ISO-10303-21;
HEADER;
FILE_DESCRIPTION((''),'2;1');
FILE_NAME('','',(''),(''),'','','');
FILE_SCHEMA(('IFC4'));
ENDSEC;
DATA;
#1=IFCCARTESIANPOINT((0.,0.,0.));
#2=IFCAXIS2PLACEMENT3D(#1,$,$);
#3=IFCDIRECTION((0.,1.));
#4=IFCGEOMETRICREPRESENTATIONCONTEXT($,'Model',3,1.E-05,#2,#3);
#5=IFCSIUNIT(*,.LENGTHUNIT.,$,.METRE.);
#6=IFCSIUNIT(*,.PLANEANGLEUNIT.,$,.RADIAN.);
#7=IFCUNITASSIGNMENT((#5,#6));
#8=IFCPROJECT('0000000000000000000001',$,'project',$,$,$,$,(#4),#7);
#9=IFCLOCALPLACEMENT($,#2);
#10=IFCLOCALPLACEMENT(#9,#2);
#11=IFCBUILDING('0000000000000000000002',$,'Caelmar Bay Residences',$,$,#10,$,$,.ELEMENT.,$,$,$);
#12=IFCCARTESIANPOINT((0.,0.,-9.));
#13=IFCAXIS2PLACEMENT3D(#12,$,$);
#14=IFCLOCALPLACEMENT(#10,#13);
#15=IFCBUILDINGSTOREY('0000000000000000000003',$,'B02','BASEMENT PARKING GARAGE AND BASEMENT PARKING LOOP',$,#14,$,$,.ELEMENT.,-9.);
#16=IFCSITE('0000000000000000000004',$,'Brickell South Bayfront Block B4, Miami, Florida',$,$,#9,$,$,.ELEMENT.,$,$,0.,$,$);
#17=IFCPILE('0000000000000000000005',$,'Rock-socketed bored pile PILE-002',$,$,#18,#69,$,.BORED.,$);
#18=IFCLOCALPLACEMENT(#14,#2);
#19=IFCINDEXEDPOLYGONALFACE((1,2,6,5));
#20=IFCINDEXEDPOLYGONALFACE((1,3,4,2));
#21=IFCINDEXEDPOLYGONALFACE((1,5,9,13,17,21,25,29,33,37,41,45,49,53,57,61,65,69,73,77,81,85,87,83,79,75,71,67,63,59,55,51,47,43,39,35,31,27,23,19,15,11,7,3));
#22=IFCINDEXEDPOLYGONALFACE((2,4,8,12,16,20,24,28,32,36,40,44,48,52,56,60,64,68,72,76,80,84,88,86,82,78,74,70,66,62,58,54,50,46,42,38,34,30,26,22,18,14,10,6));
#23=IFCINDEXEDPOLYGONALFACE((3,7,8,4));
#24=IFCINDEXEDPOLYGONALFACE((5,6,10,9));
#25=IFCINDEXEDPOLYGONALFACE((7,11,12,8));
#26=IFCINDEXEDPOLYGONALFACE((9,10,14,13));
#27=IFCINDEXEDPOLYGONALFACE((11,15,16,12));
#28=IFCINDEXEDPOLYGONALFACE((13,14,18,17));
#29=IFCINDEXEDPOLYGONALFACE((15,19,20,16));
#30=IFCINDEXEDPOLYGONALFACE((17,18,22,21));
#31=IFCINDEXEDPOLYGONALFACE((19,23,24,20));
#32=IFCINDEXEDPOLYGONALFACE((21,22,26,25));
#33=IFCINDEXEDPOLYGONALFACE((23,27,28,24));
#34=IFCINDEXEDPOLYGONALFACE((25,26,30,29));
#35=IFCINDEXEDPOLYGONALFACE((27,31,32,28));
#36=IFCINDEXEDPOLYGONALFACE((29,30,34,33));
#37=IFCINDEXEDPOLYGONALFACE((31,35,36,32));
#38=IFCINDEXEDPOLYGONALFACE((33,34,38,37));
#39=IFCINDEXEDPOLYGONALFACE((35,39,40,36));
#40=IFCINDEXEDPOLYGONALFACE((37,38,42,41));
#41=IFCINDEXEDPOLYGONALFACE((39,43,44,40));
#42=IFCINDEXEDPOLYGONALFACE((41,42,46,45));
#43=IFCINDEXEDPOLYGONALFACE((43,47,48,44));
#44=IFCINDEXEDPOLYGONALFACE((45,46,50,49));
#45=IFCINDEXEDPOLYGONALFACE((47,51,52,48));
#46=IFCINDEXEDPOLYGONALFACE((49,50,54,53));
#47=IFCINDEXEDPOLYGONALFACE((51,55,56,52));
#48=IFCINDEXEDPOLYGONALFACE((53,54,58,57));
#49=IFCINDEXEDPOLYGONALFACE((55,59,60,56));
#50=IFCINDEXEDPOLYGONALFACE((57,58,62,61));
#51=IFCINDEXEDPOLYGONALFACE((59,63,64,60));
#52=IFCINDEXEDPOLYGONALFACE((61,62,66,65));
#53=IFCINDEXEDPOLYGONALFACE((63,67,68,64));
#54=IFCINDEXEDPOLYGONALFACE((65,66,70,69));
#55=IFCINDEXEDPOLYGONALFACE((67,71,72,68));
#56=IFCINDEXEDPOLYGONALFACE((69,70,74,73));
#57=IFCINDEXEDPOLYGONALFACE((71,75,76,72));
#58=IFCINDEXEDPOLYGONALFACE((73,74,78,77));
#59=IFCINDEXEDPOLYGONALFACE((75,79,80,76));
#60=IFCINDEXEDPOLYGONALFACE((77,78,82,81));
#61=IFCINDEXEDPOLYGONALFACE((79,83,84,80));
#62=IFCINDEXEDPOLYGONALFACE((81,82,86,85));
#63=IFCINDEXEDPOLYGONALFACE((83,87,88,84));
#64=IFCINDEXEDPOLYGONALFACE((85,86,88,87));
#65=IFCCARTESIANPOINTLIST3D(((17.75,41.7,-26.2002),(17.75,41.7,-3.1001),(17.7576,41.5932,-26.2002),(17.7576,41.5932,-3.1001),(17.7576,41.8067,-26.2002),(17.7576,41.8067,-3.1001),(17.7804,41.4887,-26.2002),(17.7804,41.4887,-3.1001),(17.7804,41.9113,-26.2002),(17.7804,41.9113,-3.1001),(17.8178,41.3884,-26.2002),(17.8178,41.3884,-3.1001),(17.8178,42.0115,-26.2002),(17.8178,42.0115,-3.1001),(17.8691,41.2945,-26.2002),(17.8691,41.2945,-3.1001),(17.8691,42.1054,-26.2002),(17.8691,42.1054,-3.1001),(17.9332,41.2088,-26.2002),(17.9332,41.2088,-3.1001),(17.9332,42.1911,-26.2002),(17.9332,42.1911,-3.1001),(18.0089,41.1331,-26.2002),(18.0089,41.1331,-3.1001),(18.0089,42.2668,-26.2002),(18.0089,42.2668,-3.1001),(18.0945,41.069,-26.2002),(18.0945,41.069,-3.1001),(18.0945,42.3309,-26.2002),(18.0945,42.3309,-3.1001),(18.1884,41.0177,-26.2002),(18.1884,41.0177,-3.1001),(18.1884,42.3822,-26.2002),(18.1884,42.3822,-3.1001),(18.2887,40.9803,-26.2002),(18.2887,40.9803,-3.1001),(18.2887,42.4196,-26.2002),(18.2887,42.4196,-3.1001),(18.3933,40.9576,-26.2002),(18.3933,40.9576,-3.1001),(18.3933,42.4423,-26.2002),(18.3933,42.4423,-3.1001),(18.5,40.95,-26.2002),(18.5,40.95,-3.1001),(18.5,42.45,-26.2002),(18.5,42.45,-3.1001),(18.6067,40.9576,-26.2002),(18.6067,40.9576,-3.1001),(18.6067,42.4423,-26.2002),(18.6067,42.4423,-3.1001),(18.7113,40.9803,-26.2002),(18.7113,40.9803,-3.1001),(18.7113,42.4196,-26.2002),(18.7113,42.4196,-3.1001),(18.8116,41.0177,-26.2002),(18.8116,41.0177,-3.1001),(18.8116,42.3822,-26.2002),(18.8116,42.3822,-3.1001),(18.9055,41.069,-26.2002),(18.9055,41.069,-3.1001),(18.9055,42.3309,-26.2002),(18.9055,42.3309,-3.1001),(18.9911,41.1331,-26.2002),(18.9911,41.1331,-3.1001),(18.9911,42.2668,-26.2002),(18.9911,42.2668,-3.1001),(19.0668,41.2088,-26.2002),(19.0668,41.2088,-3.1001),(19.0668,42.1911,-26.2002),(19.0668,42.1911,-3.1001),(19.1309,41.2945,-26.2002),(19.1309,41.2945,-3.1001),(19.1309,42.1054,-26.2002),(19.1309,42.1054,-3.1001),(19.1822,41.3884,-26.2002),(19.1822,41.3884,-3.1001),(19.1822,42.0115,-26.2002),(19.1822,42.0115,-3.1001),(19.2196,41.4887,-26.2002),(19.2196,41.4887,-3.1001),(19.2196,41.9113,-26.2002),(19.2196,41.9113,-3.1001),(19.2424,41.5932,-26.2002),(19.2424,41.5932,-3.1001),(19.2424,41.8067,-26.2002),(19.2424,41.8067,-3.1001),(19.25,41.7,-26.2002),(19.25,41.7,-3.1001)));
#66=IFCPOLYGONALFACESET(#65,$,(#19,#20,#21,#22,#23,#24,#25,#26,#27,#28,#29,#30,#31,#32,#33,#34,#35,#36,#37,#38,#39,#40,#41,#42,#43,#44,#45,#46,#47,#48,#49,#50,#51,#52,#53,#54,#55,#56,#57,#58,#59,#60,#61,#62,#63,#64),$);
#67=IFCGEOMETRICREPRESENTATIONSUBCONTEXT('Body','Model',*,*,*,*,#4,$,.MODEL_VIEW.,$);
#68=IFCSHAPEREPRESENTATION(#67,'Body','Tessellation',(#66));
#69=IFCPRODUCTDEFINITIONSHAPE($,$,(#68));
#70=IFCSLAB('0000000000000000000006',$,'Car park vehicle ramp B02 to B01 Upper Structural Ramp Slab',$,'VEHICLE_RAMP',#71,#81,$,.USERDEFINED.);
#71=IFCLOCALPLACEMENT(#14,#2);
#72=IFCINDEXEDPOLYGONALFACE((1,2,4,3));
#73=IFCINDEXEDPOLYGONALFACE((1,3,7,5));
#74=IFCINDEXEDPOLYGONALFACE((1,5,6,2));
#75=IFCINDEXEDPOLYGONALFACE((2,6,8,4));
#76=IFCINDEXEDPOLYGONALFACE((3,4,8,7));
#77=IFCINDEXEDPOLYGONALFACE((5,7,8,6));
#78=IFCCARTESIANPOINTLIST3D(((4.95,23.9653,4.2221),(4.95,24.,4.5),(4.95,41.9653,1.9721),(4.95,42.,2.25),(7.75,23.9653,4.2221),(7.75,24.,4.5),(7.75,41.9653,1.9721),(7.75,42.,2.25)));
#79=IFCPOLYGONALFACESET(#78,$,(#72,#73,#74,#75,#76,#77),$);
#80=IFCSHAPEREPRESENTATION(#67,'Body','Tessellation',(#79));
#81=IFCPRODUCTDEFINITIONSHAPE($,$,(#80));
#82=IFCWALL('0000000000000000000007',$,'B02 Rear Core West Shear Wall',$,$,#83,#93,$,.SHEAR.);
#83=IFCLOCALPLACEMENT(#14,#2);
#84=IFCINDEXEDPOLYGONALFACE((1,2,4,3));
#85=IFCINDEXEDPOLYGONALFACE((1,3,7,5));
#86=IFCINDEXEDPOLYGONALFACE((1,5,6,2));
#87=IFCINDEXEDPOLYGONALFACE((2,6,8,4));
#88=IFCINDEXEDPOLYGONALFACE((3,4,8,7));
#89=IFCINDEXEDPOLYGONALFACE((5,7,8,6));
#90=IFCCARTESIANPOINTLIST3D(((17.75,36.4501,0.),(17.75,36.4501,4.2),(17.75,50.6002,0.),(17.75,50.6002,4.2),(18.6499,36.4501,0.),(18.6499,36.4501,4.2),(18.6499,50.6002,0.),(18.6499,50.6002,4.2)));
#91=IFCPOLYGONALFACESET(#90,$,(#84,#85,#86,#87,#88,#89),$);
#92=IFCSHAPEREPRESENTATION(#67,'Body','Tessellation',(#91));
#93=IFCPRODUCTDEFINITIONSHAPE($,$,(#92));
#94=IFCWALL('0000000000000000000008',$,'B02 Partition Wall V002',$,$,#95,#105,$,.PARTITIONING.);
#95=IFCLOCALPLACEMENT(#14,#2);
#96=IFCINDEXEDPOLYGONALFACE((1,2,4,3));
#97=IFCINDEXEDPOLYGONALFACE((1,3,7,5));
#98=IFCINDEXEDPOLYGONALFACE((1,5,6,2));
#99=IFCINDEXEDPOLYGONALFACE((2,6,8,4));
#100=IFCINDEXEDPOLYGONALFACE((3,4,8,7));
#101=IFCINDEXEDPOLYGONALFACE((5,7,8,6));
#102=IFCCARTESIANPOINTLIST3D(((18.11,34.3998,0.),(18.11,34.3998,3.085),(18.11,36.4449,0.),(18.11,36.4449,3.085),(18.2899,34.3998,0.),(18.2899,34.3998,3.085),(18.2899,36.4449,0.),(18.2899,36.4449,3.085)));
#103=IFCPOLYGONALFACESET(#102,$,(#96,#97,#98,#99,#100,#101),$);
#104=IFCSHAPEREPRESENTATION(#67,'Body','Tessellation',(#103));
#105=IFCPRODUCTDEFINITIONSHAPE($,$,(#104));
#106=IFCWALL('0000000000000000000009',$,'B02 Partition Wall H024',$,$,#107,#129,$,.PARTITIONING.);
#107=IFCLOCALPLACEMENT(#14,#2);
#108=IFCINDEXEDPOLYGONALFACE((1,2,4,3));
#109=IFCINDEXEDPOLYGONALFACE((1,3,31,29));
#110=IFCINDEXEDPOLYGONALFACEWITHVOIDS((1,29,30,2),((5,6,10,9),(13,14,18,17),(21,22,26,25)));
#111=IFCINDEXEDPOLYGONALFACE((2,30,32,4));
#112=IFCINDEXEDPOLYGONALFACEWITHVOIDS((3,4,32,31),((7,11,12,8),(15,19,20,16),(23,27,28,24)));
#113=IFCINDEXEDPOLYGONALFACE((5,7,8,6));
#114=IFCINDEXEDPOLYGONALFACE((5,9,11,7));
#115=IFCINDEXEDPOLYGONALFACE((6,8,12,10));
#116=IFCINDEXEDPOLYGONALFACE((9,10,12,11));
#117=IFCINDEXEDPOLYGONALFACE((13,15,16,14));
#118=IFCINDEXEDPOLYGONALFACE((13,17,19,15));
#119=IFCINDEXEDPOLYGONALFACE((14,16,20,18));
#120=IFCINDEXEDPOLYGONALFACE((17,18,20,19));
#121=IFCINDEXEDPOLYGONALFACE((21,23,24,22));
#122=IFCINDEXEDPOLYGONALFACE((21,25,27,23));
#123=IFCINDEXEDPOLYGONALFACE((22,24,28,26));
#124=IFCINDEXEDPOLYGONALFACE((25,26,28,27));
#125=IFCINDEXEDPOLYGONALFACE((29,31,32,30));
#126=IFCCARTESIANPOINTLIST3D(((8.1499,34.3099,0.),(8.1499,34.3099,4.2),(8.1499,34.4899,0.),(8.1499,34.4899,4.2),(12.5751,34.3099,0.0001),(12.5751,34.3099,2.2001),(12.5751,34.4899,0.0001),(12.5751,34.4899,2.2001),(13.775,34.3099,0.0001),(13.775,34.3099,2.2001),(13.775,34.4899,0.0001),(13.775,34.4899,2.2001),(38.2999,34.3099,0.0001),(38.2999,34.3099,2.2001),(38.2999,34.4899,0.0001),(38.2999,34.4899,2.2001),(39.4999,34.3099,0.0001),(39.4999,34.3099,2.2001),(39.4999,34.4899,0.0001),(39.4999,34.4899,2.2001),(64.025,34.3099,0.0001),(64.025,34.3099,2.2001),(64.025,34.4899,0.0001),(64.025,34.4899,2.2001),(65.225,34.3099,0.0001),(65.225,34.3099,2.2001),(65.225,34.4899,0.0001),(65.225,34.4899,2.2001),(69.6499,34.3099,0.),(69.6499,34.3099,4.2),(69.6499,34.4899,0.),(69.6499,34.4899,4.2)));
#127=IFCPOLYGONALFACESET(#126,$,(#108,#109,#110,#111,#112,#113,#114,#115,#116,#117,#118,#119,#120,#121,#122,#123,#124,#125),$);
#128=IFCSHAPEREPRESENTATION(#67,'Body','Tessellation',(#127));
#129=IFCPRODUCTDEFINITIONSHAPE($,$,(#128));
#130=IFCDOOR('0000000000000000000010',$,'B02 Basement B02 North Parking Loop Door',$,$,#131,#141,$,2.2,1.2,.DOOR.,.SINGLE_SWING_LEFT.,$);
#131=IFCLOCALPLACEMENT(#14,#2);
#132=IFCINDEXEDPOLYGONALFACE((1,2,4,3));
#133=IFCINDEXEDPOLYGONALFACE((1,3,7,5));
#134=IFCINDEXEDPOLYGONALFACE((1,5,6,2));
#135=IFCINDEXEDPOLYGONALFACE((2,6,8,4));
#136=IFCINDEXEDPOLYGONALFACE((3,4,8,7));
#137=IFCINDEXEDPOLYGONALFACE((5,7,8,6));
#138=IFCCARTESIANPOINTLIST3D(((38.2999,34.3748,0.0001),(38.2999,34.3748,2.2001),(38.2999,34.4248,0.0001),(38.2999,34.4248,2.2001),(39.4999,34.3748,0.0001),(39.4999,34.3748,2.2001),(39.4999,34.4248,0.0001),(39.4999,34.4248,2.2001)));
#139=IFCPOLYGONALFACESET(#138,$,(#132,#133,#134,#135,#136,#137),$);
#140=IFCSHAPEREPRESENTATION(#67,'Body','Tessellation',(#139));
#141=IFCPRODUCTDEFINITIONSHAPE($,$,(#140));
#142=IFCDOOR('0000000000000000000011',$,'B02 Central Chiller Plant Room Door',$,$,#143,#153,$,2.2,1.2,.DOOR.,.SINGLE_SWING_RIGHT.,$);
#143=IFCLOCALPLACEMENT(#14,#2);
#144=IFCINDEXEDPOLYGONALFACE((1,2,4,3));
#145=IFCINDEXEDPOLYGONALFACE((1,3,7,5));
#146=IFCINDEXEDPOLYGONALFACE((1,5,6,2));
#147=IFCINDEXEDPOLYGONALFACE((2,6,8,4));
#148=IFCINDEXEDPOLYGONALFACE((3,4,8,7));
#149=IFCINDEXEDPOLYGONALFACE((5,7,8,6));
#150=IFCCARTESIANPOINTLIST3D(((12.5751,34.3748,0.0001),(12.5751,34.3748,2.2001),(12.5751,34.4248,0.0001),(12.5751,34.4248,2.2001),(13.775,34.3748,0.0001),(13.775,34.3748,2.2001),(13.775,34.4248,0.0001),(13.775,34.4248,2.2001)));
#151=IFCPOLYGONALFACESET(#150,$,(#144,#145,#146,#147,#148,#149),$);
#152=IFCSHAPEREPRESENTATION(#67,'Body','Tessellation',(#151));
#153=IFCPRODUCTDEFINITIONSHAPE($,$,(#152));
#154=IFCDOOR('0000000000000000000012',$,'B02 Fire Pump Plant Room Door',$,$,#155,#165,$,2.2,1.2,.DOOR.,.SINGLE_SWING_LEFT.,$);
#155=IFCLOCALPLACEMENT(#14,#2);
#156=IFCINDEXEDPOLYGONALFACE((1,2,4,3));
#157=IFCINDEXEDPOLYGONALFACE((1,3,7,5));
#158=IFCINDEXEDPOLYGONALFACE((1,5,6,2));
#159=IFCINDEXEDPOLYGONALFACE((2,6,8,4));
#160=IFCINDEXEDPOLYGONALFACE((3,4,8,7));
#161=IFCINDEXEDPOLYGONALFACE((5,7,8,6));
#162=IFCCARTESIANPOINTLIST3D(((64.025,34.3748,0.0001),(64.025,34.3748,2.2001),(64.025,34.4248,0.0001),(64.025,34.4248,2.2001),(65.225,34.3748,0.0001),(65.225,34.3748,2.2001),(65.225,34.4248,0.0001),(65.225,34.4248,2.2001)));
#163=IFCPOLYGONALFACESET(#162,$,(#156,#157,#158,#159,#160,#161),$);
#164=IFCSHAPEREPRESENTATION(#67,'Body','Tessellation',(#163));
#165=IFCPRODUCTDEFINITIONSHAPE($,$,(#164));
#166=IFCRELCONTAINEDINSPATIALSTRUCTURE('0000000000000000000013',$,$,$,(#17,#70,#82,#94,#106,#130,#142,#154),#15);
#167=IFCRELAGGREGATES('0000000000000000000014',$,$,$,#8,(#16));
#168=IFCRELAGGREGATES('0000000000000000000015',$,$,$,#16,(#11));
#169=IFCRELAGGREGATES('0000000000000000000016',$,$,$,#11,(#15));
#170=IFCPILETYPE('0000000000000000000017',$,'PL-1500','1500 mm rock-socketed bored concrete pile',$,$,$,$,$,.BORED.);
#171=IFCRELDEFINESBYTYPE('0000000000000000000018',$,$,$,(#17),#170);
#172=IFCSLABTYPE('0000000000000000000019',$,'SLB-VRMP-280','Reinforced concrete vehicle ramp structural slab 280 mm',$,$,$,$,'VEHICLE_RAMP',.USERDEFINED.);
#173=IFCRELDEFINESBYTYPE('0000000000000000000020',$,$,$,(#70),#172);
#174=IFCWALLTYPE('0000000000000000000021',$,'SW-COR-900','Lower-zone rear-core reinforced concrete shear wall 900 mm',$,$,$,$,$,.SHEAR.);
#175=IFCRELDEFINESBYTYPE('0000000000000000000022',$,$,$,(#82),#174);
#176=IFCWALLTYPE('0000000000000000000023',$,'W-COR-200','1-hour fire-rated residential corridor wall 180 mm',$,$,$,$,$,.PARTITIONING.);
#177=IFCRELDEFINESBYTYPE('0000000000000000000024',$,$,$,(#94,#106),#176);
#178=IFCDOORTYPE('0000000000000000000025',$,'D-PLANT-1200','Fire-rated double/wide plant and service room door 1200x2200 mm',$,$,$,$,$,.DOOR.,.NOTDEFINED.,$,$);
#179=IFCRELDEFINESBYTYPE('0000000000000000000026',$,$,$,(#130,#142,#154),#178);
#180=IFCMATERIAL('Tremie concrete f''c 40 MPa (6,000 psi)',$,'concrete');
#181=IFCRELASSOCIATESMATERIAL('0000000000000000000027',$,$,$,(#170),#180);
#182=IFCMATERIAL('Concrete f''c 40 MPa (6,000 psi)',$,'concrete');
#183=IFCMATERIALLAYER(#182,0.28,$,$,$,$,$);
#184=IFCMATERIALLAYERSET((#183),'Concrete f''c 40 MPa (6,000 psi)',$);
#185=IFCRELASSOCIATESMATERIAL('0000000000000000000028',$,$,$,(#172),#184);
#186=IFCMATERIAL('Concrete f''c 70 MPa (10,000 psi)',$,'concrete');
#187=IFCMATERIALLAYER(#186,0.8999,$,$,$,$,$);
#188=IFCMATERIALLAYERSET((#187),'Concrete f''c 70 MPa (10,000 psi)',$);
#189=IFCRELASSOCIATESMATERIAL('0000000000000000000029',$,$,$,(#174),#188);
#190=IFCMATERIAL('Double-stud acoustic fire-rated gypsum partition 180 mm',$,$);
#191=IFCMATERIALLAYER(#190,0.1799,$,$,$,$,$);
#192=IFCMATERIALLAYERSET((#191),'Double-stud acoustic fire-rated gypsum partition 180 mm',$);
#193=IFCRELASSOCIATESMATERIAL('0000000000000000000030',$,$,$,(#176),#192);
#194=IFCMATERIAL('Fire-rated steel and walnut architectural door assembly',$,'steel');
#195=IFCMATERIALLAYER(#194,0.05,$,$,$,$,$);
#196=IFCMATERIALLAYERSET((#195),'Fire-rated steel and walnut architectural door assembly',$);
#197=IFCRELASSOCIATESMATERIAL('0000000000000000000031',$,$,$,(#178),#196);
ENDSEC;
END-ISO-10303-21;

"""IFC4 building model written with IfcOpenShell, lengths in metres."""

from ifc_helpers import new_model, si_unit, direction, frame, frame_2d, origin, origin_2d, place, context, subcontext, project, spatial, polyline, rectangle, circle, outline, extrude, material, layer, layer_set, material_profile, profile_set, type_object, element, fill, save


model = new_model("IFC4")

# Units and contexts
model_context = context("Model", 3, precision=1e-05, world=origin(), true_north=direction((0.0, 1.0)))
body_context = subcontext(model_context, "Body", "Model", "MODEL_VIEW")
ifc_project = project(units=[si_unit("LENGTHUNIT", "METRE"), si_unit("PLANEANGLEUNIT", "RADIAN")], contexts=[model_context])

# Site, building, storey
site_placement = place(None, origin())
site = spatial("IfcSite", under=ifc_project, at=site_placement, Name="Brickell South Bayfront Block B4, Miami, Florida", CompositionType="ELEMENT", RefElevation=0.0)
building_placement = place(site_placement, origin())
building = spatial("IfcBuilding", under=site, at=building_placement, Name="Caelmar Bay Residences", CompositionType="ELEMENT")
storey_placement = place(building_placement, frame((0.0, 0.0, -9.0)))
storey = spatial("IfcBuildingStorey", under=building, at=storey_placement, Name="B02", Description="BASEMENT PARKING GARAGE AND BASEMENT PARKING LOOP", CompositionType="ELEMENT", Elevation=-9.0)

# Pile
ifc_material_1 = material(Name="Tremie concrete f'c 40 MPa (6,000 psi)", Category="concrete")
ifc_material_profile_1 = material_profile(ifc_material_1, circle(Radius=0.75, at=origin_2d()), Name="PILE-1500D")
ifc_profile_set_1 = profile_set([ifc_material_profile_1], Name="Tremie concrete f'c 40 MPa (6,000 psi)")
pile_type_1 = type_object("IfcPileType", Name="PL-1500", Description="1500 mm rock-socketed bored concrete pile", PredefinedType="BORED", material=ifc_profile_set_1)
for number, where, z_axis, x_axis, name in (
    (1, (18.5, 41.7, -3.1001), (0.0, 0.0, -1.0), (1.0, 0.0, 0.0), "Rock-socketed bored pile PILE-002"),
):
    element("IfcPile", number, at=place(storey_placement, frame(where, z_axis=z_axis, x_axis=x_axis)), inside=storey, type_object=pile_type_1, Name=name, PredefinedType="BORED", context=body_context, shape_type="SweptSolid", body=[
        extrude(circle(Radius=0.75, at=origin_2d()), origin(), (0.0, 0.0, 1.0), 23.1001),
    ])

# Slab
ifc_material_2 = material(Name="Concrete f'c 40 MPa (6,000 psi)", Category="concrete")
ifc_layer_1 = layer(ifc_material_2, 0.28)
ifc_layer_set_1 = layer_set([ifc_layer_1], Name="Concrete f'c 40 MPa (6,000 psi)")
slab_type = type_object("IfcSlabType", Name="SLB-VRMP-280", Description="Reinforced concrete vehicle ramp structural slab 280 mm", ElementType="VEHICLE_RAMP", PredefinedType="USERDEFINED", material=ifc_layer_set_1)
slab_placement = place(storey_placement, frame((4.95, 42.0, 2.25), z_axis=(0.0, 0.124035, 0.992278), x_axis=(1.0, 0.0, 0.0)))
element("IfcSlab", 2, at=slab_placement, inside=storey, type_object=slab_type, Name="Car park vehicle ramp B02 to B01 Upper Structural Ramp Slab", ObjectType="VEHICLE_RAMP", PredefinedType="USERDEFINED", context=body_context, shape_type="SweptSolid", body=[
    extrude(outline(polyline([(0.0, 0.0), (2.8, 0.0), (2.8, -18.1401), (0.0, -18.1401), (0.0, 0.0)])), origin(), (0.0, 0.0, -1.0), 0.28),
])

# Shared definitions
ifc_material_3 = material(Name="Concrete f'c 70 MPa (10,000 psi)", Category="concrete")
ifc_layer_2 = layer(ifc_material_3, 0.8999)
ifc_layer_set_2 = layer_set([ifc_layer_2], Name="Concrete f'c 70 MPa (10,000 psi)")
wall_type_1 = type_object("IfcWallType", Name="SW-COR-900", Description="Lower-zone rear-core reinforced concrete shear wall 900 mm", PredefinedType="SHEAR", material=ifc_layer_set_2)
ifc_material_4 = material(Name="Fire-rated steel and walnut architectural door assembly", Category="steel")

# Walls
wall_1_placement = place(storey_placement, frame((18.2, 36.45, 0.0), z_axis=(0.0, 0.0, 1.0), x_axis=(0.0, 1.0, 0.0)))
element("IfcWall", 3, at=wall_1_placement, inside=storey, type_object=wall_type_1, Name="B02 Rear Core West Shear Wall", PredefinedType="SHEAR", context=body_context, shape_type="SweptSolid", body=[
    extrude(rectangle(XDim=14.1501, YDim=0.8999, at=frame_2d((7.0752, 0.0))), origin(), (0.0, 0.0, 1.0), 4.2),
])
ifc_material_5 = material(Name="Double-stud acoustic fire-rated gypsum partition 180 mm")
ifc_layer_3 = layer(ifc_material_5, 0.1799)
ifc_layer_set_3 = layer_set([ifc_layer_3], Name="Double-stud acoustic fire-rated gypsum partition 180 mm")
wall_type_2 = type_object("IfcWallType", Name="W-COR-200", Description="1-hour fire-rated residential corridor wall 180 mm", PredefinedType="PARTITIONING", material=ifc_layer_set_3)
wall_2_placement = place(storey_placement, frame((18.2, 34.3999, 0.0), z_axis=(0.0, 0.0, 1.0), x_axis=(0.0, 1.0, 0.0)))
element("IfcWall", 4, at=wall_2_placement, inside=storey, type_object=wall_type_2, Name="B02 Partition Wall V002", PredefinedType="PARTITIONING", context=body_context, shape_type="SweptSolid", body=[
    extrude(rectangle(XDim=2.0452, YDim=0.1799, at=frame_2d((1.0225, 0.0))), origin(), (0.0, 0.0, 1.0), 3.085),
])

# Wall, openings, doors
wall_3_placement = place(storey_placement, frame((8.1499, 34.3999, 0.0), z_axis=(0.0, 0.0, 1.0), x_axis=(1.0, 0.0, 0.0)))
wall_3 = element("IfcWall", 5, at=wall_3_placement, inside=storey, type_object=wall_type_2, Name="B02 Partition Wall H024", PredefinedType="PARTITIONING", context=body_context, shape_type="SweptSolid", body=[
    extrude(rectangle(XDim=61.5, YDim=0.1799, at=frame_2d((30.75, 0.0))), origin(), (0.0, 0.0, 1.0), 4.2),
])
opening_1_placement = place(wall_3_placement, frame((30.1499, 0.0, 0.0)))
opening_1 = element("IfcOpeningElement", 6, at=opening_1_placement, cuts=wall_3, PredefinedType="OPENING", context=body_context, shape_type="SweptSolid", body=[
    extrude(rectangle(XDim=1.2, YDim=2.2, at=frame_2d((0.6001, 1.1001))), frame((0.0, 0.0999, 0.0), z_axis=(0.0, -1.0, 0.0), x_axis=(1.0, 0.0, 0.0)), (0.0, 0.0, 1.0), 0.2),
])
opening_2_placement = place(wall_3_placement, frame((4.425, 0.0, 0.0)))
opening_2 = element("IfcOpeningElement", 7, at=opening_2_placement, cuts=wall_3, PredefinedType="OPENING", context=body_context, shape_type="SweptSolid", body=[
    extrude(rectangle(XDim=1.2, YDim=2.2, at=frame_2d((0.6001, 1.1001))), frame((0.0, 0.0999, 0.0), z_axis=(0.0, -1.0, 0.0), x_axis=(1.0, 0.0, 0.0)), (0.0, 0.0, 1.0), 0.2),
])
opening_3_placement = place(wall_3_placement, frame((55.875, 0.0, 0.0)))
opening_3 = element("IfcOpeningElement", 8, at=opening_3_placement, cuts=wall_3, PredefinedType="OPENING", context=body_context, shape_type="SweptSolid", body=[
    extrude(rectangle(XDim=1.2, YDim=2.2, at=frame_2d((0.6001, 1.1001))), frame((0.0, 0.0999, 0.0), z_axis=(0.0, -1.0, 0.0), x_axis=(1.0, 0.0, 0.0)), (0.0, 0.0, 1.0), 0.2),
])
ifc_layer_4 = layer(ifc_material_4, 0.05)
ifc_layer_set_4 = layer_set([ifc_layer_4], Name="Fire-rated steel and walnut architectural door assembly")
door_type_1 = type_object("IfcDoorType", Name="D-PLANT-1200", Description="Fire-rated double/wide plant and service room door 1200x2200 mm", OperationType="NOTDEFINED", PredefinedType="DOOR", material=ifc_layer_set_4)
door_1_placement = place(opening_1_placement, origin())
door_1 = element("IfcDoor", 9, at=door_1_placement, inside=storey, type_object=door_type_1, Name="B02 Basement B02 North Parking Loop Door", OperationType="SINGLE_SWING_LEFT", OverallHeight=2.2, OverallWidth=1.2, PredefinedType="DOOR", context=body_context, shape_type="SweptSolid", body=[
    extrude(rectangle(XDim=1.2, YDim=2.2, at=frame_2d((0.6001, 1.1001))), frame((0.0, 0.0249, 0.0), z_axis=(0.0, -1.0, 0.0), x_axis=(1.0, 0.0, 0.0)), (0.0, 0.0, 1.0), 0.05),
])
fill(opening_1, door_1)
door_2_placement = place(opening_2_placement, origin())
door_2 = element("IfcDoor", 10, at=door_2_placement, inside=storey, type_object=door_type_1, Name="B02 Central Chiller Plant Room Door", OperationType="SINGLE_SWING_RIGHT", OverallHeight=2.2, OverallWidth=1.2, PredefinedType="DOOR", context=body_context, shape_type="SweptSolid", body=[
    extrude(rectangle(XDim=1.2, YDim=2.2, at=frame_2d((0.6001, 1.1001))), frame((0.0, 0.0249, 0.0), z_axis=(0.0, -1.0, 0.0), x_axis=(1.0, 0.0, 0.0)), (0.0, 0.0, 1.0), 0.05),
])
fill(opening_2, door_2)
door_3_placement = place(opening_3_placement, origin())
door_3 = element("IfcDoor", 11, at=door_3_placement, inside=storey, type_object=door_type_1, Name="B02 Fire Pump Plant Room Door", OperationType="SINGLE_SWING_LEFT", OverallHeight=2.2, OverallWidth=1.2, PredefinedType="DOOR", context=body_context, shape_type="SweptSolid", body=[
    extrude(rectangle(XDim=1.2, YDim=2.2, at=frame_2d((0.6001, 1.1001))), frame((0.0, 0.0249, 0.0), z_axis=(0.0, -1.0, 0.0), x_axis=(1.0, 0.0, 0.0)), (0.0, 0.0, 1.0), 0.05),
])
fill(opening_3, door_3)

save(model, "model.ifc")
